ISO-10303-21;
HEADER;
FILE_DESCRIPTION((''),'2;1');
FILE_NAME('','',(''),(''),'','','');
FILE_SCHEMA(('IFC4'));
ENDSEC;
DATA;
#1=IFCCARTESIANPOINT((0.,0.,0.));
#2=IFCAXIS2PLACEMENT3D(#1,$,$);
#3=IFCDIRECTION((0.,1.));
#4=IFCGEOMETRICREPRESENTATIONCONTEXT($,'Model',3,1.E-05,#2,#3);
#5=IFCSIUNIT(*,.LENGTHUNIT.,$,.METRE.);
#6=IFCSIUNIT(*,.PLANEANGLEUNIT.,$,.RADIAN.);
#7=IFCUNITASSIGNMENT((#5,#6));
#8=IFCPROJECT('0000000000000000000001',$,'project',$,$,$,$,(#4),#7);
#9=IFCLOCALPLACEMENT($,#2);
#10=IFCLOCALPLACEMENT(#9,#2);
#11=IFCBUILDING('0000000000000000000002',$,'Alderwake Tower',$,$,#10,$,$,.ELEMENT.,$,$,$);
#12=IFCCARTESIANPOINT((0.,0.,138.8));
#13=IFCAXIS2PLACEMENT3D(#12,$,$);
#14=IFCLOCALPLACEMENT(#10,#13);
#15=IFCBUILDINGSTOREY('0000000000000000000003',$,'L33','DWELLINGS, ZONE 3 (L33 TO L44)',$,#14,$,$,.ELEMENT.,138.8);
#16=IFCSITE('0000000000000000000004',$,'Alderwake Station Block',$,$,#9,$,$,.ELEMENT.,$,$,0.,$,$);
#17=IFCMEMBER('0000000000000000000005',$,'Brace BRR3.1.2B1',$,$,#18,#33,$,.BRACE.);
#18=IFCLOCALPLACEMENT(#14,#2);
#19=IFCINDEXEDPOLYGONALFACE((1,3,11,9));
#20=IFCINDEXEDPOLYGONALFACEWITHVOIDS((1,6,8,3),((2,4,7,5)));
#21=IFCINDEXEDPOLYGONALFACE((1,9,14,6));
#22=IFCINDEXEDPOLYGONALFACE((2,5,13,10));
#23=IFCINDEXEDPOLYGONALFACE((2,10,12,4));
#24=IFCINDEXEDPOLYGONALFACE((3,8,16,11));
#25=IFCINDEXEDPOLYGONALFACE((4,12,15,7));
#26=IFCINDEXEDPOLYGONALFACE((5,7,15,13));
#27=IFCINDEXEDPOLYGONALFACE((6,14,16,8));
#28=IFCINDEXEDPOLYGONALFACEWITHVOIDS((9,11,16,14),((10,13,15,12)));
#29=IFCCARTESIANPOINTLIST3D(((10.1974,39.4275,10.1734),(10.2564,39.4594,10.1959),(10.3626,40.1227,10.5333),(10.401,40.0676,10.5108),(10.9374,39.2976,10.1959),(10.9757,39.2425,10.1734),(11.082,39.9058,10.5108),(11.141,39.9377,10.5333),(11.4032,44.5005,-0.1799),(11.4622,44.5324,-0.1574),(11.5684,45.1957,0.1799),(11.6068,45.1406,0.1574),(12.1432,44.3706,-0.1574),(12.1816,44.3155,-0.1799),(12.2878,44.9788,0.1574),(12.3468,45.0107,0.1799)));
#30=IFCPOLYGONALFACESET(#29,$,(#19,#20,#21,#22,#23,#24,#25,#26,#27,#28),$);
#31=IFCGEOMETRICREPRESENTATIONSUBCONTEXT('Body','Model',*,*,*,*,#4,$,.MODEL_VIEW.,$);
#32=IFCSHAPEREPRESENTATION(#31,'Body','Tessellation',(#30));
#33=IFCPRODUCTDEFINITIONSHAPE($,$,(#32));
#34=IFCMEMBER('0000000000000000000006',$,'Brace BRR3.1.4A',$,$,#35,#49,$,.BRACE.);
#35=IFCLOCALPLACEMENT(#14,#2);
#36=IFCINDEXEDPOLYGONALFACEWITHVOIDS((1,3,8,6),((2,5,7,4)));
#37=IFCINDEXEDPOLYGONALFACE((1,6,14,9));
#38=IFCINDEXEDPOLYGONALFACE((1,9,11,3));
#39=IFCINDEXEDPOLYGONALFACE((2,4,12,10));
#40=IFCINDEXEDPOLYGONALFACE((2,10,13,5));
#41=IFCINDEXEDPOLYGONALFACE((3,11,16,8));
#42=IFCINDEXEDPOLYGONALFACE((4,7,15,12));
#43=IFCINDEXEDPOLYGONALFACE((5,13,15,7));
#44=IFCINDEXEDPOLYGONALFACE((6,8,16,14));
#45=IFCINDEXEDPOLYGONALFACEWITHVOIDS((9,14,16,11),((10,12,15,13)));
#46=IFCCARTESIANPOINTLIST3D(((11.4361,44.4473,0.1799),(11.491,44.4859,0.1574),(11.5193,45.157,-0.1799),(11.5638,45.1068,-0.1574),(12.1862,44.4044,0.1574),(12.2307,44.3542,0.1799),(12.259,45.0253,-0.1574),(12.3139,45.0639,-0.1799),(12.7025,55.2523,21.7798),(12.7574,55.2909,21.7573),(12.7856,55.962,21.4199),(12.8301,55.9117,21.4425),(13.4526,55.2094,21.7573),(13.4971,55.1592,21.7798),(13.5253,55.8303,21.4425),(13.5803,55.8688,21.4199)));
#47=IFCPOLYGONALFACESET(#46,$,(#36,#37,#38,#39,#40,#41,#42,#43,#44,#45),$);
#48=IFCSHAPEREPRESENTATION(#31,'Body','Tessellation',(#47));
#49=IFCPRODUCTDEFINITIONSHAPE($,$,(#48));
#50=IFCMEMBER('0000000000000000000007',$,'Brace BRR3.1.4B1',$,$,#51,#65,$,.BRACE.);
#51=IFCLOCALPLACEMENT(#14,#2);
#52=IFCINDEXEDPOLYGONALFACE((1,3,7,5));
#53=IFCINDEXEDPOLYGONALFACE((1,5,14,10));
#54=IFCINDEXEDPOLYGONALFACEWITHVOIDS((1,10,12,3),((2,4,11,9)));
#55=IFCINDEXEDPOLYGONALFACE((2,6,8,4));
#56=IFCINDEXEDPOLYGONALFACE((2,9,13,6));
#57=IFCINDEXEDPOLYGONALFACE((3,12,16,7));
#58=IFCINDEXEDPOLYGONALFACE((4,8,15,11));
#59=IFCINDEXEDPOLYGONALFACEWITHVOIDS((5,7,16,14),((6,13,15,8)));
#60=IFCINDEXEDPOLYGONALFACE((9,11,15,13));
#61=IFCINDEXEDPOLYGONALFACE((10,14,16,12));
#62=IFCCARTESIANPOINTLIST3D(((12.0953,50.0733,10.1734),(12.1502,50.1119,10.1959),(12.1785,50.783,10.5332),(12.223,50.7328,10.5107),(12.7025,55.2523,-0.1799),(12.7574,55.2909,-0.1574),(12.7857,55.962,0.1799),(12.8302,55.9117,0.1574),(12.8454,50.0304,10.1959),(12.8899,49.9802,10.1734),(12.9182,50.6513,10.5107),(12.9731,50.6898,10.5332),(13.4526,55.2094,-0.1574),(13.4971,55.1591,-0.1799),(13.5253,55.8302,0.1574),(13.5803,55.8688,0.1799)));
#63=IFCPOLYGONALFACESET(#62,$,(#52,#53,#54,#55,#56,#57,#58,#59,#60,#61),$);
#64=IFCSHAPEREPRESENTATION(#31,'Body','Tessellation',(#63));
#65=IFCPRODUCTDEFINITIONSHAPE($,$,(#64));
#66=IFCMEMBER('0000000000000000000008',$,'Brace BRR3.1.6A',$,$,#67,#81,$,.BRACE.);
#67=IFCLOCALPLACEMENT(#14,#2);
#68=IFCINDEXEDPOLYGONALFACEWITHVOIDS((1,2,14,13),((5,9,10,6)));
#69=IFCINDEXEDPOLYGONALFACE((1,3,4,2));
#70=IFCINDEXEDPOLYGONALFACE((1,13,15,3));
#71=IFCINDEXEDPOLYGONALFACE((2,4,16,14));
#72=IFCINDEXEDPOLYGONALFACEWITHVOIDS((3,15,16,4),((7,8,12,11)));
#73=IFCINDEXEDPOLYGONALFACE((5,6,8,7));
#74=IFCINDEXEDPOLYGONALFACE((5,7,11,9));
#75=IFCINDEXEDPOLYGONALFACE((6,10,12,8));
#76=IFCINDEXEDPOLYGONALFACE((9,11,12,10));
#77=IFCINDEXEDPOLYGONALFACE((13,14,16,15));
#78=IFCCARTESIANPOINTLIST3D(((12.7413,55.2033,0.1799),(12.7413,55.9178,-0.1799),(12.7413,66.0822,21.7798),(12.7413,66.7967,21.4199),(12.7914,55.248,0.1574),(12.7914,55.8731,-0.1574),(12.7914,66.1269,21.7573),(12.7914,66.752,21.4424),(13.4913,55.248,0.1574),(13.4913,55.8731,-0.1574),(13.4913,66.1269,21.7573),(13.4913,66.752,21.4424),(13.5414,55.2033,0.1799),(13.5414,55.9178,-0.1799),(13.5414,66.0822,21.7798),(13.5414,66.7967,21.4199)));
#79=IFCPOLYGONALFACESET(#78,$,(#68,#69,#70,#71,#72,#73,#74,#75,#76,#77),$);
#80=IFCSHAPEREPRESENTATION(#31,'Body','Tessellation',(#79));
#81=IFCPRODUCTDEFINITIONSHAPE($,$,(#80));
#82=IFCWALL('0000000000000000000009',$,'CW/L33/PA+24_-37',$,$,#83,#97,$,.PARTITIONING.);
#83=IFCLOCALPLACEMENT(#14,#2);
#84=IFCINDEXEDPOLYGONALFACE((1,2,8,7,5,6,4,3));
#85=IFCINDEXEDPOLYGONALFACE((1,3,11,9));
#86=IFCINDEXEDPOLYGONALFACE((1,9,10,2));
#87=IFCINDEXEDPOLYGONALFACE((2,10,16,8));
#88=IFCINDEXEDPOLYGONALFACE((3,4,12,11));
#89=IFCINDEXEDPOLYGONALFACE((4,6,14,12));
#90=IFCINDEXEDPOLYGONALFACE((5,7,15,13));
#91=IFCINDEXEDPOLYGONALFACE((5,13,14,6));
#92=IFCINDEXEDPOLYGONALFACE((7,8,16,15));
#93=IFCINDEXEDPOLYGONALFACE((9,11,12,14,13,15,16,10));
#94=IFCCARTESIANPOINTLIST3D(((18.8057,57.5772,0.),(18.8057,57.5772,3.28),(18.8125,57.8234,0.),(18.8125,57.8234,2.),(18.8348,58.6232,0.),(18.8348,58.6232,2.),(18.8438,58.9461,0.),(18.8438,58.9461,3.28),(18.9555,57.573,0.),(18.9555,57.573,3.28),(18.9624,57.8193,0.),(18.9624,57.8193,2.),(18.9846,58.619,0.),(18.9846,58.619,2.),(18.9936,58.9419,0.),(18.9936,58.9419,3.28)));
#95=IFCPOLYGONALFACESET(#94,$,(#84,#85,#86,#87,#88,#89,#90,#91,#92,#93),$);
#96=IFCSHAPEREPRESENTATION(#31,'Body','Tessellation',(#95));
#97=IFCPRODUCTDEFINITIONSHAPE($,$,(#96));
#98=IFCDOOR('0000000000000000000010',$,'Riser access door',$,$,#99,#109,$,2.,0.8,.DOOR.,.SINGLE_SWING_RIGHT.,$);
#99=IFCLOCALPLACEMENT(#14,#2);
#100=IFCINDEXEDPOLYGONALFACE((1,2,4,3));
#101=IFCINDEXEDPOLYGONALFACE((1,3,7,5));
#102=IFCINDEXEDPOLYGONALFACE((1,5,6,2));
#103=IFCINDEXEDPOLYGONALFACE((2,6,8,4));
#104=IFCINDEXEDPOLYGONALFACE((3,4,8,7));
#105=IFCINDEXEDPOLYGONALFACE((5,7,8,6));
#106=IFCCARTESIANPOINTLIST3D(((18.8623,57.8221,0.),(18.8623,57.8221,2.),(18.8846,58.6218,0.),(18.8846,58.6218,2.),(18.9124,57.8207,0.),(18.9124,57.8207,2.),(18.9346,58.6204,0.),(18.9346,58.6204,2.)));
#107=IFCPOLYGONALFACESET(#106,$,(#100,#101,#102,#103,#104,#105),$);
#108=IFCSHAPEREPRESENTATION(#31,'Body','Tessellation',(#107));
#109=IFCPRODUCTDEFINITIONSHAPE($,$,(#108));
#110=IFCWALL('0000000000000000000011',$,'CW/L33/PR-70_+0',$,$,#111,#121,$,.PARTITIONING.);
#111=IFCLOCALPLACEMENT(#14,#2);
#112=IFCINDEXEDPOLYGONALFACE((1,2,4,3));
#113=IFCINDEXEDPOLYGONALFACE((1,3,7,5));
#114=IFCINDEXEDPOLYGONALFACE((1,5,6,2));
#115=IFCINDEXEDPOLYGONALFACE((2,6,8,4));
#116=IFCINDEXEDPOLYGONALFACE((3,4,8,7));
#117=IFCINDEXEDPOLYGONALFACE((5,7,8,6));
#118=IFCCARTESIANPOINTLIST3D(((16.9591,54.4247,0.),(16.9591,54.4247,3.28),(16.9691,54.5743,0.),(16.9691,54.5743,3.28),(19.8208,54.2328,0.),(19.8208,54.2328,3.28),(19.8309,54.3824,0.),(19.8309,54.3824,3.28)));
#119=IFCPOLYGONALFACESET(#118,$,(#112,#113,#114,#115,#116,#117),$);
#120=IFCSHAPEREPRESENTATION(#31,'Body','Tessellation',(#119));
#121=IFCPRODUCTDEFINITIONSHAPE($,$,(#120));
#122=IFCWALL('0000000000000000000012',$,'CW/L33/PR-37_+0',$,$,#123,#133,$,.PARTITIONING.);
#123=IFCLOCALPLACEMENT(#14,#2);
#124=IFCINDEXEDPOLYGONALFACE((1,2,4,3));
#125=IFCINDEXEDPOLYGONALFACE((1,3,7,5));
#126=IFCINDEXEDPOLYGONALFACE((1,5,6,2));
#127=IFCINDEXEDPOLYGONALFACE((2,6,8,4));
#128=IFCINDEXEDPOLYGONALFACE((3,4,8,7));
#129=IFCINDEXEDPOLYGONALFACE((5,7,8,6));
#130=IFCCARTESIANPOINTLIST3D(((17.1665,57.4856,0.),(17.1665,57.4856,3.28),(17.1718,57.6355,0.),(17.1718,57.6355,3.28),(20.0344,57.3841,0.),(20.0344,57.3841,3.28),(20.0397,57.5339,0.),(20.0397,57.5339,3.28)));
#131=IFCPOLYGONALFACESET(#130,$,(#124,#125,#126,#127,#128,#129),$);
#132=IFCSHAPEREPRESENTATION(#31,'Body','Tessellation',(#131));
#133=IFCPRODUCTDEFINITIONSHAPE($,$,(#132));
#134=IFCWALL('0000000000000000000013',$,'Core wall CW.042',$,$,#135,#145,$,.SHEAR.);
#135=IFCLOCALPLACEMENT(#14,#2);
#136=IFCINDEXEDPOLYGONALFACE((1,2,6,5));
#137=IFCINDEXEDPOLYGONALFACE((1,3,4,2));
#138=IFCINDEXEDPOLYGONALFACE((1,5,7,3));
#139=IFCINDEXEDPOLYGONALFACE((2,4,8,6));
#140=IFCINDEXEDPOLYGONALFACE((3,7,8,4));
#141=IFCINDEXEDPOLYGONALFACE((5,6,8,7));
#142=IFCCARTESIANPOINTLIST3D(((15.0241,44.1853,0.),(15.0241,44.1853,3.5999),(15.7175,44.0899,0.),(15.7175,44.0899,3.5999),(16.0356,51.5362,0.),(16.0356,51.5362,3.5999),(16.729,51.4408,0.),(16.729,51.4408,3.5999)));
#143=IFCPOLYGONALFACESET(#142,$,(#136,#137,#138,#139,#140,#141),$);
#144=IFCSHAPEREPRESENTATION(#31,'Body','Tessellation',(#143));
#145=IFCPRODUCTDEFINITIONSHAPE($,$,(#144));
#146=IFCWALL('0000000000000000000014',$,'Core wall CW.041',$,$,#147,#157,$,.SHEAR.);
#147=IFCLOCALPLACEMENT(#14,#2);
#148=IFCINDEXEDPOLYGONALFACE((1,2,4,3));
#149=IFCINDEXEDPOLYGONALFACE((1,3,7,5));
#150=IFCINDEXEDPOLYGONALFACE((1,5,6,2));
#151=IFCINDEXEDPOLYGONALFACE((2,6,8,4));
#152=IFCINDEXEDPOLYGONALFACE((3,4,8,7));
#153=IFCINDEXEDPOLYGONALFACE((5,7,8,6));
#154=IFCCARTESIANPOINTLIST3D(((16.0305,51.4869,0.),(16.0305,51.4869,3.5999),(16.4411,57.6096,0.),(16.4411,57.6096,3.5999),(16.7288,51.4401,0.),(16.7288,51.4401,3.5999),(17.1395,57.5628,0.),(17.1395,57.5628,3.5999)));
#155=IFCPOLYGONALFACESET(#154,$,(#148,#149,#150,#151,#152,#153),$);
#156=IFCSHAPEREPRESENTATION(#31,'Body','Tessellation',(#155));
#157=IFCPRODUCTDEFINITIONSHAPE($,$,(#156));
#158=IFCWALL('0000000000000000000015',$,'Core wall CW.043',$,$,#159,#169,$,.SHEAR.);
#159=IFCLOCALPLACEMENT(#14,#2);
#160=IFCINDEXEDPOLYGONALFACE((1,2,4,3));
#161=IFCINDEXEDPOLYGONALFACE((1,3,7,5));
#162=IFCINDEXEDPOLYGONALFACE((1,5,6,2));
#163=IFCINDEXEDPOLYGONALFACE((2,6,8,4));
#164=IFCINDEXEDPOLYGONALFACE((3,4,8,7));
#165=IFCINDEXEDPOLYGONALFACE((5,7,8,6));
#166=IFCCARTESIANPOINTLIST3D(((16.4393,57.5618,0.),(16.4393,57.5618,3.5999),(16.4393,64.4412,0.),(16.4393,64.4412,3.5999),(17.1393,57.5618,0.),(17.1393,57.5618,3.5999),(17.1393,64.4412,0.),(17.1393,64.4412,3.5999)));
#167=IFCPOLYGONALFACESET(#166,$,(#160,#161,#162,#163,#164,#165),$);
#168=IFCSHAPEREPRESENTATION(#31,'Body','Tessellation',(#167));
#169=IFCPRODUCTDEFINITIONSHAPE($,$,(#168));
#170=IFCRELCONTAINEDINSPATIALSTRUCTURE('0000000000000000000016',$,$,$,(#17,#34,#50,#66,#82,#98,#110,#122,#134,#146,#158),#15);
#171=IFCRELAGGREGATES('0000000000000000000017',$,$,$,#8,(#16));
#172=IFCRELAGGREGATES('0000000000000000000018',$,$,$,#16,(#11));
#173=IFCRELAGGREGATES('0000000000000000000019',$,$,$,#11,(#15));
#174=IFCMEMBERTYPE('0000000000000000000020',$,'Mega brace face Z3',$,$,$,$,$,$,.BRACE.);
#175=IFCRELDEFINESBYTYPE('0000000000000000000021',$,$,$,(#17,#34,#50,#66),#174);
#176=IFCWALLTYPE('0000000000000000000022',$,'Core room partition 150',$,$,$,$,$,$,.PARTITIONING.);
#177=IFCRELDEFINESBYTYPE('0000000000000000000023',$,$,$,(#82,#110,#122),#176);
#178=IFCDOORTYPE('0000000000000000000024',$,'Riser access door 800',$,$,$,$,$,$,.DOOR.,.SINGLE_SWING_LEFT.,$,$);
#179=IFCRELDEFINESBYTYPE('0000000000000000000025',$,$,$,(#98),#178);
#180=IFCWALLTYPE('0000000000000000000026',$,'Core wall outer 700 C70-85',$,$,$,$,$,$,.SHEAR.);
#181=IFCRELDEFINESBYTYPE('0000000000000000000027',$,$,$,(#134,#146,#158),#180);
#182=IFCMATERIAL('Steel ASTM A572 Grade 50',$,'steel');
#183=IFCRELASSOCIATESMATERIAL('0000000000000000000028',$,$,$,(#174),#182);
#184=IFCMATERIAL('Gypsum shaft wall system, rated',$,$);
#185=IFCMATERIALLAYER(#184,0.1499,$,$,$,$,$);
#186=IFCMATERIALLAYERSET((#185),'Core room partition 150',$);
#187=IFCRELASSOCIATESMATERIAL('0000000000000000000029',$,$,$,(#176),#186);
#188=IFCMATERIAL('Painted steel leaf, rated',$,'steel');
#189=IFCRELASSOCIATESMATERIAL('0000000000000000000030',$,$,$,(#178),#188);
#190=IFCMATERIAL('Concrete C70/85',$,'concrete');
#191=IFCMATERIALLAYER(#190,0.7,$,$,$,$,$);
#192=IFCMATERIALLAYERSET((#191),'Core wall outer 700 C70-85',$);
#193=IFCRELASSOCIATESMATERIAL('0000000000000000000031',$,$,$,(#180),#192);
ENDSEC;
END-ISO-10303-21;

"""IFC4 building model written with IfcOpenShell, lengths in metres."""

from ifc_helpers import new_model, si_unit, direction, frame, frame_2d, origin, origin_2d, place, context, subcontext, project, spatial, rectangle, hollow_rectangle, extrude, material, layer, layer_set, material_profile, profile_set, type_object, element, fill, save


model = new_model("IFC4")

# Units and contexts
model_context = context("Model", 3, precision=1e-05, world=origin(), true_north=direction((0.0, 1.0)))
body_context = subcontext(model_context, "Body", "Model", "MODEL_VIEW")
ifc_project = project(units=[si_unit("LENGTHUNIT", "METRE"), si_unit("PLANEANGLEUNIT", "RADIAN")], contexts=[model_context])

# Site, building, storey
site_placement = place(None, origin())
site = spatial("IfcSite", under=ifc_project, at=site_placement, Name="Alderwake Station Block", CompositionType="ELEMENT", RefElevation=0.0)
building_placement = place(site_placement, origin())
building = spatial("IfcBuilding", under=site, at=building_placement, Name="Alderwake Tower", CompositionType="ELEMENT")
storey_placement = place(building_placement, frame((0.0, 0.0, 138.8)))
storey = spatial("IfcBuildingStorey", under=building, at=storey_placement, Name="L33", Description="DWELLINGS, ZONE 3 (L33 TO L44)", CompositionType="ELEMENT", Elevation=138.8)

# Members
ifc_material_1 = material(Name="Steel ASTM A572 Grade 50", Category="steel")
ifc_material_profile_1 = material_profile(ifc_material_1, hollow_rectangle(XDim=0.8, YDim=0.8, WallThickness=0.05, at=origin_2d()), Name="BOX 800X800X50")
ifc_profile_set_1 = profile_set([ifc_material_profile_1], Name="Steel ASTM A572 Grade 50")
member_type = type_object("IfcMemberType", Name="Mega brace face Z3", PredefinedType="BRACE", material=ifc_profile_set_1)
member_1_placement = place(storey_placement, frame((11.875, 44.7556, 0.0), z_axis=(-0.104019, -0.437621, 0.893123), x_axis=(0.972895, -0.231249, 0.0)))
element("IfcMember", 1, at=member_1_placement, inside=storey, type_object=member_type, Name="Brace BRR3.1.2B1", PredefinedType="BRACE", context=body_context, shape_type="SweptSolid", body=[
    extrude(hollow_rectangle(XDim=0.8, YDim=0.8, WallThickness=0.05, at=origin_2d()), origin(), (0.0, 0.0, 1.0), 11.5923),
])
member_2_placement = place(storey_placement, frame((11.875, 44.7556, 0.0), z_axis=(0.052362, 0.446766, 0.893117), x_axis=(-0.993202, 0.116405, 0.0)))
element("IfcMember", 2, at=member_2_placement, inside=storey, type_object=member_type, Name="Brace BRR3.1.4A", PredefinedType="BRACE", context=body_context, shape_type="SweptSolid", body=[
    extrude(hollow_rectangle(XDim=0.8, YDim=0.8, WallThickness=0.05, at=origin_2d()), origin(), (0.0, 0.0, 1.0), 24.1848),
])
member_3_placement = place(storey_placement, frame((13.1414, 55.5605, 0.0), z_axis=(-0.052378, -0.44676, 0.893119), x_axis=(0.993198, -0.116442, 0.0)))
element("IfcMember", 3, at=member_3_placement, inside=storey, type_object=member_type, Name="Brace BRR3.1.4B1", PredefinedType="BRACE", context=body_context, shape_type="SweptSolid", body=[
    extrude(hollow_rectangle(XDim=0.8, YDim=0.8, WallThickness=0.05, at=origin_2d()), origin(), (0.0, 0.0, 1.0), 11.5923),
])
member_4_placement = place(storey_placement, frame((13.1414, 55.5605, 0.0), z_axis=(0.0, 0.449824, 0.893117), x_axis=(-1.0, 0.0, 0.0)))
element("IfcMember", 4, at=member_4_placement, inside=storey, type_object=member_type, Name="Brace BRR3.1.6A", PredefinedType="BRACE", context=body_context, shape_type="SweptSolid", body=[
    extrude(hollow_rectangle(XDim=0.8, YDim=0.8, WallThickness=0.05, at=origin_2d()), origin(), (0.0, 0.0, 1.0), 24.1848),
])

# Wall, opening, door
ifc_material_2 = material(Name="Gypsum shaft wall system, rated")
ifc_layer_1 = layer(ifc_material_2, 0.1499)
ifc_layer_set_1 = layer_set([ifc_layer_1], Name="Core room partition 150")
wall_type_1 = type_object("IfcWallType", Name="Core room partition 150", PredefinedType="PARTITIONING", material=ifc_layer_set_1)
wall_1_placement = place(storey_placement, frame((18.9187, 58.9438, 0.0), z_axis=(0.0, 0.0, 1.0), x_axis=(-0.027812, -0.999613, 0.0)))
wall_1 = element("IfcWall", 5, at=wall_1_placement, inside=storey, type_object=wall_type_1, Name="CW/L33/PA+24_-37", PredefinedType="PARTITIONING", context=body_context, shape_type="SweptSolid", body=[
    extrude(rectangle(XDim=1.3694, YDim=0.1499, at=frame_2d((0.6846, 0.0))), origin(), (0.0, 0.0, 1.0), 3.28),
])
opening_1_placement = place(wall_1_placement, frame((0.323, 0.0, 0.0)))
opening_1 = element("IfcOpeningElement", 6, at=opening_1_placement, cuts=wall_1, PredefinedType="OPENING", context=body_context, shape_type="SweptSolid", body=[
    extrude(rectangle(XDim=0.8, YDim=2.0, at=frame_2d((0.3999, 1.0))), frame((0.0, 0.085, 0.0), z_axis=(0.0, -1.0, 0.0), x_axis=(1.0, 0.0, 0.0)), (0.0, 0.0, 1.0), 0.1699),
])
ifc_material_3 = material(Name="Painted steel leaf, rated", Category="steel")
door_type_1 = type_object("IfcDoorType", Name="Riser access door 800", OperationType="SINGLE_SWING_LEFT", PredefinedType="DOOR", material=ifc_material_3)
door_1_placement = place(opening_1_placement, origin())
door_1 = element("IfcDoor", 7, at=door_1_placement, inside=storey, type_object=door_type_1, Name="Riser access door", OperationType="SINGLE_SWING_RIGHT", OverallHeight=2.0, OverallWidth=0.8, PredefinedType="DOOR", context=body_context, shape_type="SweptSolid", body=[
    extrude(rectangle(XDim=0.8, YDim=2.0, at=frame_2d((0.3999, 1.0))), frame((0.0, 0.0249, 0.0), z_axis=(0.0, -1.0, 0.0), x_axis=(1.0, 0.0, 0.0)), (0.0, 0.0, 1.0), 0.05),
])
fill(opening_1, door_1)

# Walls
wall_2_placement = place(storey_placement, frame((16.9641, 54.4995, 0.0), z_axis=(0.0, 0.0, 1.0), x_axis=(0.997759, -0.066903, 0.0)))
element("IfcWall", 8, at=wall_2_placement, inside=storey, type_object=wall_type_1, Name="CW/L33/PR-70_+0", PredefinedType="PARTITIONING", context=body_context, shape_type="SweptSolid", body=[
    extrude(rectangle(XDim=2.8682, YDim=0.1499, at=frame_2d((1.4341, 0.0))), origin(), (0.0, 0.0, 1.0), 3.28),
])
wall_3_placement = place(storey_placement, frame((17.1692, 57.5605, 0.0), z_axis=(0.0, 0.0, 1.0), x_axis=(0.999374, -0.035391, 0.0)))
element("IfcWall", 9, at=wall_3_placement, inside=storey, type_object=wall_type_1, Name="CW/L33/PR-37_+0", PredefinedType="PARTITIONING", context=body_context, shape_type="SweptSolid", body=[
    extrude(rectangle(XDim=2.8696, YDim=0.1499, at=frame_2d((1.4348, 0.0))), origin(), (0.0, 0.0, 1.0), 3.28),
])
ifc_material_4 = material(Name="Concrete C70/85", Category="concrete")
ifc_layer_2 = layer(ifc_material_4, 0.7)
ifc_layer_set_2 = layer_set([ifc_layer_2], Name="Core wall outer 700 C70-85")
wall_type_2 = type_object("IfcWallType", Name="Core wall outer 700 C70-85", PredefinedType="SHEAR", material=ifc_layer_set_2)
wall_4_placement = place(storey_placement, frame((15.3708, 44.1377, 0.0), z_axis=(0.0, 0.0, 1.0), x_axis=(0.136316, 0.990665, 0.0)))
element("IfcWall", 10, at=wall_4_placement, inside=storey, type_object=wall_type_2, Name="Core wall CW.042", PredefinedType="SHEAR", context=body_context, shape_type="SweptSolid", body=[
    extrude(rectangle(XDim=7.4202, YDim=0.7, at=frame_2d((3.71, 0.0))), origin(), (0.0, 0.0, 1.0), 3.5999),
])
wall_5_placement = place(storey_placement, frame((16.3796, 51.4634, 0.0), z_axis=(0.0, 0.0, 1.0), x_axis=(0.066918, 0.997758, 0.0)))
element("IfcWall", 11, at=wall_5_placement, inside=storey, type_object=wall_type_2, Name="Core wall CW.041", PredefinedType="SHEAR", context=body_context, shape_type="SweptSolid", body=[
    extrude(rectangle(XDim=6.1365, YDim=0.7, at=frame_2d((3.0684, 0.0))), origin(), (0.0, 0.0, 1.0), 3.5999),
])
wall_6_placement = place(storey_placement, frame((16.7893, 57.5618, 0.0), z_axis=(0.0, 0.0, 1.0), x_axis=(0.0, 1.0, 0.0)))
element("IfcWall", 12, at=wall_6_placement, inside=storey, type_object=wall_type_2, Name="Core wall CW.043", PredefinedType="SHEAR", context=body_context, shape_type="SweptSolid", body=[
    extrude(rectangle(XDim=6.8794, YDim=0.7, at=frame_2d((3.4397, 0.0))), origin(), (0.0, 0.0, 1.0), 3.5999),
])

save(model, "model.ifc")
